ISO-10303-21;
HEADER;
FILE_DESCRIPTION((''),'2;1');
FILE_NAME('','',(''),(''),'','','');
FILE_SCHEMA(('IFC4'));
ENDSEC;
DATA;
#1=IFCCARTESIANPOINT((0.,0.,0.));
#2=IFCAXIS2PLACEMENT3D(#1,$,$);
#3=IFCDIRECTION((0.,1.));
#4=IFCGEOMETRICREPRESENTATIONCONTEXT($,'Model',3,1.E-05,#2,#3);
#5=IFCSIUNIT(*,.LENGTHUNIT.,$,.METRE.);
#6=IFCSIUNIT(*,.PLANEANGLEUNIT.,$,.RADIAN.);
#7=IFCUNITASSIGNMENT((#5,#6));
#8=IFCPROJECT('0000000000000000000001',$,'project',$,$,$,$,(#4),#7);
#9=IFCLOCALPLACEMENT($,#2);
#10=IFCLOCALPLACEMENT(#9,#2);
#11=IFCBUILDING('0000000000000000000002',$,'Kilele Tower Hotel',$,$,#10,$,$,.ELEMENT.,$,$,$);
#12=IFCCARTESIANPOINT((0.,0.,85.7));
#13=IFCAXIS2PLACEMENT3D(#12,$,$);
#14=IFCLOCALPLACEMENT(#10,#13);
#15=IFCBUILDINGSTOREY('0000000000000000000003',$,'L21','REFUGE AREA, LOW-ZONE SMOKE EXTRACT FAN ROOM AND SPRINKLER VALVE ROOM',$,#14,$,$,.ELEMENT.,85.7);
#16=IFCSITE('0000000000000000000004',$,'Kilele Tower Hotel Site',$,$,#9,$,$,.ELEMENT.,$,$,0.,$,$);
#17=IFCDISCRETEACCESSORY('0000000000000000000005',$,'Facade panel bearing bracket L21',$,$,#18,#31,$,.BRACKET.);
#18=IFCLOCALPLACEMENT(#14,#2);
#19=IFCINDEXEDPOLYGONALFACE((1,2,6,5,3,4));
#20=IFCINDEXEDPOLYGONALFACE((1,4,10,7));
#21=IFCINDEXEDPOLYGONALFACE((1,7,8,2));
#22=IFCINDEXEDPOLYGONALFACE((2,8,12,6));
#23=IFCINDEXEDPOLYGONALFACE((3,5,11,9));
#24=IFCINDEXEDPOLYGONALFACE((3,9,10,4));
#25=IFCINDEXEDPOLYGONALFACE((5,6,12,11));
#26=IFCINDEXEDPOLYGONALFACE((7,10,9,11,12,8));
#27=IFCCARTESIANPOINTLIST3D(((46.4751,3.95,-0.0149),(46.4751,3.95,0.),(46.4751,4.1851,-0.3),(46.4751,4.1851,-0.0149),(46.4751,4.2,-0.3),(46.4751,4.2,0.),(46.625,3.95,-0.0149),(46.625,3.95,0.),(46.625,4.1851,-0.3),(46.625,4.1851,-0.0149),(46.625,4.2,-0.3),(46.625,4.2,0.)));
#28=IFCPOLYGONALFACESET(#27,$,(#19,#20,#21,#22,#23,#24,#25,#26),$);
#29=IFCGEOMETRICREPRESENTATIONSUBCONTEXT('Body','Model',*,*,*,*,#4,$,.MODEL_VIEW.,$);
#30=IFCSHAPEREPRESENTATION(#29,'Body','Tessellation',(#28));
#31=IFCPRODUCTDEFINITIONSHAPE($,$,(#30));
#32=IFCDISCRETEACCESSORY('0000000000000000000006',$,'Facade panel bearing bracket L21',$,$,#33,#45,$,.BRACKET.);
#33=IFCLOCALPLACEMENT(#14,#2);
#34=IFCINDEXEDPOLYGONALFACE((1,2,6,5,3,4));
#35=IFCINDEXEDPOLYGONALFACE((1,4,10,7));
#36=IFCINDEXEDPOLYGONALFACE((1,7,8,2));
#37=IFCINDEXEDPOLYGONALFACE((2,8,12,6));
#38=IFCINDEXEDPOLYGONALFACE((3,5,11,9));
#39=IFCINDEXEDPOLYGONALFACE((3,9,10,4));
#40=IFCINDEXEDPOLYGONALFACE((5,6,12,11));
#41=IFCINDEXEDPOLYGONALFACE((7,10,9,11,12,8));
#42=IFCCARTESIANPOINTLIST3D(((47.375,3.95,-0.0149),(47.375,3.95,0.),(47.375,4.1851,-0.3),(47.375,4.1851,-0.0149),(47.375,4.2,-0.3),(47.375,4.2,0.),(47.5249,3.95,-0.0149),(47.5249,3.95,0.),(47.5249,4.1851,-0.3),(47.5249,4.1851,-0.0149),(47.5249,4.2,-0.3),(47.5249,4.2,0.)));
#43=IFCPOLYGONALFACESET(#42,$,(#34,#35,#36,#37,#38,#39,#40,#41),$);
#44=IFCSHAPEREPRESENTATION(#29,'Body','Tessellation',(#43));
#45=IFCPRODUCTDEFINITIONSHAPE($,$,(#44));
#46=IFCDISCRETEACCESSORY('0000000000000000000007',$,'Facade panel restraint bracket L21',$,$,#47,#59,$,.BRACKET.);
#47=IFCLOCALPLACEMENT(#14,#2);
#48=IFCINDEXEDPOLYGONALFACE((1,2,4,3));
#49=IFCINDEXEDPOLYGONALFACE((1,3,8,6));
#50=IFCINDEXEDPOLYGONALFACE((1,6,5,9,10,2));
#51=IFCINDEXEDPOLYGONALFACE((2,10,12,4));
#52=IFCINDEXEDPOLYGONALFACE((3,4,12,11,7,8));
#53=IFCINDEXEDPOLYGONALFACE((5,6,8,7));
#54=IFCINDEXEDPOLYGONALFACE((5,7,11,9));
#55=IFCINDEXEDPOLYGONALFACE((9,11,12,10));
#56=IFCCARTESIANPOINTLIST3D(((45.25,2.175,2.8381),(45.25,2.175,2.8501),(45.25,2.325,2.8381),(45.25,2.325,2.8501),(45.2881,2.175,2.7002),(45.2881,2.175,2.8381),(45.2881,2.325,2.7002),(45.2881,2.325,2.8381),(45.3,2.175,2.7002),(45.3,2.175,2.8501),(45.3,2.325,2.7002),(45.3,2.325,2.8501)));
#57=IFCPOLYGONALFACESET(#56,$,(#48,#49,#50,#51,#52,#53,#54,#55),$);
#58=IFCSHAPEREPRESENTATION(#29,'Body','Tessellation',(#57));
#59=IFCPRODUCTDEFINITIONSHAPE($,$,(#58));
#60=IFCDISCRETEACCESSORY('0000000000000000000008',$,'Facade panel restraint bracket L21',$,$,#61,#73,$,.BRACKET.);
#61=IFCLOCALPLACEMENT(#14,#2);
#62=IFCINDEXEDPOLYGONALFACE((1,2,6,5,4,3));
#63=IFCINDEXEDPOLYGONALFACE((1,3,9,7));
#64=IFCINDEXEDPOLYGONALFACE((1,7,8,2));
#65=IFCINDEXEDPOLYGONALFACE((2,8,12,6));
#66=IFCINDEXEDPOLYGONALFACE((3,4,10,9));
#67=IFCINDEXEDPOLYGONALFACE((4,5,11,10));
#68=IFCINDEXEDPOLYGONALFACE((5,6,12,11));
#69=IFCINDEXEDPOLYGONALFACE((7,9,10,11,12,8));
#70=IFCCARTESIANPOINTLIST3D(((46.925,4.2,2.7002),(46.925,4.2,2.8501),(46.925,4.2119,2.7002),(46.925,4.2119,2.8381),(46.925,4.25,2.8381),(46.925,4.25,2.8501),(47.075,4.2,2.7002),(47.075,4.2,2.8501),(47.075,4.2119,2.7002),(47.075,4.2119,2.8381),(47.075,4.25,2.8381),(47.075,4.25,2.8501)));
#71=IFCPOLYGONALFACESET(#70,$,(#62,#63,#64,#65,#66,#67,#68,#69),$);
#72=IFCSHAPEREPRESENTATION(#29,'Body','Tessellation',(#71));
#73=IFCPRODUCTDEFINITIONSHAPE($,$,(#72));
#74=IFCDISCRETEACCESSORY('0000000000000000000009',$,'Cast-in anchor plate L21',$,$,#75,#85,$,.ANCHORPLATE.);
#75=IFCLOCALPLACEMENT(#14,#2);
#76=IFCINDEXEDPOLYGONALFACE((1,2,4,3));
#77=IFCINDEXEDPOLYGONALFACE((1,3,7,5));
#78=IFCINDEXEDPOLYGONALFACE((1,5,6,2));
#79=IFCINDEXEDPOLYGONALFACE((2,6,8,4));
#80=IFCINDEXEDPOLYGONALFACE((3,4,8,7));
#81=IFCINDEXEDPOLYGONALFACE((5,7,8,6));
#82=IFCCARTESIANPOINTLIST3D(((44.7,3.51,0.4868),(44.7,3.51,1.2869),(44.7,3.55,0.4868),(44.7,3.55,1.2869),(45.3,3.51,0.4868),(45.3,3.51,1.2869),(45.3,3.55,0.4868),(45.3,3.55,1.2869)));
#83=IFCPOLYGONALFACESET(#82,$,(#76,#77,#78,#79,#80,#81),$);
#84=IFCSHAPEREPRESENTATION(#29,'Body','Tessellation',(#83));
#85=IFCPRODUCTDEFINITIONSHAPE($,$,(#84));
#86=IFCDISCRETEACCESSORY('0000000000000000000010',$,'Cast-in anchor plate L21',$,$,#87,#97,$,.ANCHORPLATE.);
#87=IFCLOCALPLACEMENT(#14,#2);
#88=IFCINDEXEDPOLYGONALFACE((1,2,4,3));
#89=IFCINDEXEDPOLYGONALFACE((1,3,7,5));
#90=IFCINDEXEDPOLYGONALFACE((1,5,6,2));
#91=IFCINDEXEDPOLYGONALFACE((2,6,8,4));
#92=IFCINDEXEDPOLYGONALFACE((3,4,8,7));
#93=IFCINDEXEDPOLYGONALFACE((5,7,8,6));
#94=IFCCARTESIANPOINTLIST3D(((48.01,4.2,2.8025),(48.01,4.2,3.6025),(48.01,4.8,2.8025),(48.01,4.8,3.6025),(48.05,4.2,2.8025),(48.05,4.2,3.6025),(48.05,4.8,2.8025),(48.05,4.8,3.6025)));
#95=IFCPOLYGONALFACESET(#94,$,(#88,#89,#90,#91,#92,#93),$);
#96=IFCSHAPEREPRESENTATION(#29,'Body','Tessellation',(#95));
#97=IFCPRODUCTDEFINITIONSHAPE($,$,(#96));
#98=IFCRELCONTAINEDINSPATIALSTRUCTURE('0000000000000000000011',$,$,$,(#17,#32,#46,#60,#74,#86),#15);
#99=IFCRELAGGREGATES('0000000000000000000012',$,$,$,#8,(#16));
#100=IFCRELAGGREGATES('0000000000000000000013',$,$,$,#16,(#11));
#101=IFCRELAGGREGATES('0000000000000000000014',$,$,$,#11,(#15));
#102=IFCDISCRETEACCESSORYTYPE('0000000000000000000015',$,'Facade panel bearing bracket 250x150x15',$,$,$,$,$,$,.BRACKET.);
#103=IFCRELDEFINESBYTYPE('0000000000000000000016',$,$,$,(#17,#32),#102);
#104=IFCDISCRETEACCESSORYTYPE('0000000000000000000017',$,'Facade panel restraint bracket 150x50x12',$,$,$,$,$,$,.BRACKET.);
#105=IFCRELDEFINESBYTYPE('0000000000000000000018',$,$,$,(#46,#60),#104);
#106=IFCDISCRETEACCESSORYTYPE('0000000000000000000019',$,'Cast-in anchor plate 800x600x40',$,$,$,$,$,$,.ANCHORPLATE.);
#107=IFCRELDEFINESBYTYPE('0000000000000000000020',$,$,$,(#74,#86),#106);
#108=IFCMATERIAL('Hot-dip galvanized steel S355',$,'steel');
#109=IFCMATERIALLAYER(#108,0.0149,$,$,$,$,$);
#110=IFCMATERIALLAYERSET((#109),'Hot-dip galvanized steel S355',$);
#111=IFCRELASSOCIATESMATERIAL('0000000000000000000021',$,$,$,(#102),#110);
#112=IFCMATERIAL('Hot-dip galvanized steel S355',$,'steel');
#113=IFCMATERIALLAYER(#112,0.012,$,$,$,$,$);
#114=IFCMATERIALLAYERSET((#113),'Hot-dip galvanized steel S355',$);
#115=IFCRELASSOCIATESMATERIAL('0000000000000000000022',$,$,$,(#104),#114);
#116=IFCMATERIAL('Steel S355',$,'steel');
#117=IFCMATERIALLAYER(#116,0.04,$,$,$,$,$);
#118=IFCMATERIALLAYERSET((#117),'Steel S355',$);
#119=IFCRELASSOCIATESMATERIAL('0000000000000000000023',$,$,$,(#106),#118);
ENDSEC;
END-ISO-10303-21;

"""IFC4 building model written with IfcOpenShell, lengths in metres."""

from ifc_helpers import new_model, si_unit, direction, frame, origin, place, context, subcontext, project, spatial, polyline, outline, extrude, source, transform, mapped, material, layer, layer_set, type_object, element, save


model = new_model("IFC4")

# Units and contexts
model_context = context("Model", 3, precision=1e-05, world=origin(), true_north=direction((0.0, 1.0)))
body_context = subcontext(model_context, "Body", "Model", "MODEL_VIEW")
ifc_project = project(units=[si_unit("LENGTHUNIT", "METRE"), si_unit("PLANEANGLEUNIT", "RADIAN")], contexts=[model_context])

# Site, building, storey
site_placement = place(None, origin())
site = spatial("IfcSite", under=ifc_project, at=site_placement, Name="Kilele Tower Hotel Site", CompositionType="ELEMENT", RefElevation=0.0)
building_placement = place(site_placement, origin())
building = spatial("IfcBuilding", under=site, at=building_placement, Name="Kilele Tower Hotel", CompositionType="ELEMENT")
storey_placement = place(building_placement, frame((0.0, 0.0, 85.7)))
storey = spatial("IfcBuildingStorey", under=building, at=storey_placement, Name="L21", Description="REFUGE AREA, LOW-ZONE SMOKE EXTRACT FAN ROOM AND SPRINKLER VALVE ROOM", CompositionType="ELEMENT", Elevation=85.7)

# Discrete accessories
ifc_material_1 = material(Name="Hot-dip galvanized steel S355", Category="steel")
ifc_layer_1 = layer(ifc_material_1, 0.0149)
ifc_layer_set_1 = layer_set([ifc_layer_1], Name="Hot-dip galvanized steel S355")
discrete_accessory_type_1 = type_object("IfcDiscreteAccessoryType", Name="Facade panel bearing bracket 250x150x15", PredefinedType="BRACKET", material=ifc_layer_set_1)
shared_shape_1 = source(origin(), body_context, "Body", "SweptSolid", [
    extrude(outline(polyline([(0.0, 0.0), (0.25, 0.0), (0.25, -0.0149), (0.0149, -0.0149), (0.0149, -0.3), (0.0, -0.3), (0.0, 0.0)])), origin(), (0.0, 0.0, 1.0), 0.1499),
])
for number, where, z_axis, x_axis, name in (
    (1, (46.625, 4.2, 0.0), (-1.0, 0.0, 0.0), (0.0, -1.0, 0.0), "Facade panel bearing bracket L21"),
    (2, (47.5249, 4.2, 0.0), (-1.0, 0.0, 0.0), (0.0, -1.0, 0.0), "Facade panel bearing bracket L21"),
):
    element("IfcDiscreteAccessory", number, at=place(storey_placement, frame(where, z_axis=z_axis, x_axis=x_axis)), inside=storey, type_object=discrete_accessory_type_1, Name=name, PredefinedType="BRACKET", context=body_context, shape_type="MappedRepresentation", body=[
        mapped(shared_shape_1, transform((0.0, 0.0, 0.0))),
    ])
ifc_material_2 = material(Name="Hot-dip galvanized steel S355", Category="steel")
ifc_layer_2 = layer(ifc_material_2, 0.012)
ifc_layer_set_2 = layer_set([ifc_layer_2], Name="Hot-dip galvanized steel S355")
discrete_accessory_type_2 = type_object("IfcDiscreteAccessoryType", Name="Facade panel restraint bracket 150x50x12", PredefinedType="BRACKET", material=ifc_layer_set_2)
shared_shape_2 = source(origin(), body_context, "Body", "SweptSolid", [
    extrude(outline(polyline([(0.0, 0.0), (0.0, -0.1499), (-0.012, -0.1499), (-0.012, -0.012), (-0.05, -0.012), (-0.05, 0.0), (0.0, 0.0)])), origin(), (0.0, 0.0, 1.0), 0.1499),
])
for number, where, z_axis, x_axis, name in (
    (3, (45.3, 2.325, 2.8501), (0.0, -1.0, 0.0), (1.0, 0.0, 0.0), "Facade panel restraint bracket L21"),
    (4, (47.075, 4.2, 2.8501), (-1.0, 0.0, 0.0), (0.0, -1.0, 0.0), "Facade panel restraint bracket L21"),
):
    element("IfcDiscreteAccessory", number, at=place(storey_placement, frame(where, z_axis=z_axis, x_axis=x_axis)), inside=storey, type_object=discrete_accessory_type_2, Name=name, PredefinedType="BRACKET", context=body_context, shape_type="MappedRepresentation", body=[
        mapped(shared_shape_2, transform((0.0, 0.0, 0.0))),
    ])
ifc_material_3 = material(Name="Steel S355", Category="steel")
ifc_layer_3 = layer(ifc_material_3, 0.04)
ifc_layer_set_3 = layer_set([ifc_layer_3], Name="Steel S355")
discrete_accessory_type_3 = type_object("IfcDiscreteAccessoryType", Name="Cast-in anchor plate 800x600x40", PredefinedType="ANCHORPLATE", material=ifc_layer_set_3)
shared_shape_3 = source(origin(), body_context, "Body", "SweptSolid", [
    extrude(outline(polyline([(0.0, 0.0), (0.04, 0.0), (0.04, 0.8), (0.0, 0.8), (0.0, 0.0)])), origin(), (0.0, 0.0, 1.0), 0.6001),
])
for number, where, z_axis, x_axis, name in (
    (5, (45.3, 3.55, 0.4868), (-1.0, 0.0, 0.0), (0.0, -1.0, 0.0), "Cast-in anchor plate L21"),
    (6, (48.05, 4.2, 2.8025), (0.0, 1.0, 0.0), (-1.0, 0.0, 0.0), "Cast-in anchor plate L21"),
):
    element("IfcDiscreteAccessory", number, at=place(storey_placement, frame(where, z_axis=z_axis, x_axis=x_axis)), inside=storey, type_object=discrete_accessory_type_3, Name=name, PredefinedType="ANCHORPLATE", context=body_context, shape_type="MappedRepresentation", body=[
        mapped(shared_shape_3, transform((0.0, 0.0, 0.0))),
    ])

save(model, "model.ifc")
